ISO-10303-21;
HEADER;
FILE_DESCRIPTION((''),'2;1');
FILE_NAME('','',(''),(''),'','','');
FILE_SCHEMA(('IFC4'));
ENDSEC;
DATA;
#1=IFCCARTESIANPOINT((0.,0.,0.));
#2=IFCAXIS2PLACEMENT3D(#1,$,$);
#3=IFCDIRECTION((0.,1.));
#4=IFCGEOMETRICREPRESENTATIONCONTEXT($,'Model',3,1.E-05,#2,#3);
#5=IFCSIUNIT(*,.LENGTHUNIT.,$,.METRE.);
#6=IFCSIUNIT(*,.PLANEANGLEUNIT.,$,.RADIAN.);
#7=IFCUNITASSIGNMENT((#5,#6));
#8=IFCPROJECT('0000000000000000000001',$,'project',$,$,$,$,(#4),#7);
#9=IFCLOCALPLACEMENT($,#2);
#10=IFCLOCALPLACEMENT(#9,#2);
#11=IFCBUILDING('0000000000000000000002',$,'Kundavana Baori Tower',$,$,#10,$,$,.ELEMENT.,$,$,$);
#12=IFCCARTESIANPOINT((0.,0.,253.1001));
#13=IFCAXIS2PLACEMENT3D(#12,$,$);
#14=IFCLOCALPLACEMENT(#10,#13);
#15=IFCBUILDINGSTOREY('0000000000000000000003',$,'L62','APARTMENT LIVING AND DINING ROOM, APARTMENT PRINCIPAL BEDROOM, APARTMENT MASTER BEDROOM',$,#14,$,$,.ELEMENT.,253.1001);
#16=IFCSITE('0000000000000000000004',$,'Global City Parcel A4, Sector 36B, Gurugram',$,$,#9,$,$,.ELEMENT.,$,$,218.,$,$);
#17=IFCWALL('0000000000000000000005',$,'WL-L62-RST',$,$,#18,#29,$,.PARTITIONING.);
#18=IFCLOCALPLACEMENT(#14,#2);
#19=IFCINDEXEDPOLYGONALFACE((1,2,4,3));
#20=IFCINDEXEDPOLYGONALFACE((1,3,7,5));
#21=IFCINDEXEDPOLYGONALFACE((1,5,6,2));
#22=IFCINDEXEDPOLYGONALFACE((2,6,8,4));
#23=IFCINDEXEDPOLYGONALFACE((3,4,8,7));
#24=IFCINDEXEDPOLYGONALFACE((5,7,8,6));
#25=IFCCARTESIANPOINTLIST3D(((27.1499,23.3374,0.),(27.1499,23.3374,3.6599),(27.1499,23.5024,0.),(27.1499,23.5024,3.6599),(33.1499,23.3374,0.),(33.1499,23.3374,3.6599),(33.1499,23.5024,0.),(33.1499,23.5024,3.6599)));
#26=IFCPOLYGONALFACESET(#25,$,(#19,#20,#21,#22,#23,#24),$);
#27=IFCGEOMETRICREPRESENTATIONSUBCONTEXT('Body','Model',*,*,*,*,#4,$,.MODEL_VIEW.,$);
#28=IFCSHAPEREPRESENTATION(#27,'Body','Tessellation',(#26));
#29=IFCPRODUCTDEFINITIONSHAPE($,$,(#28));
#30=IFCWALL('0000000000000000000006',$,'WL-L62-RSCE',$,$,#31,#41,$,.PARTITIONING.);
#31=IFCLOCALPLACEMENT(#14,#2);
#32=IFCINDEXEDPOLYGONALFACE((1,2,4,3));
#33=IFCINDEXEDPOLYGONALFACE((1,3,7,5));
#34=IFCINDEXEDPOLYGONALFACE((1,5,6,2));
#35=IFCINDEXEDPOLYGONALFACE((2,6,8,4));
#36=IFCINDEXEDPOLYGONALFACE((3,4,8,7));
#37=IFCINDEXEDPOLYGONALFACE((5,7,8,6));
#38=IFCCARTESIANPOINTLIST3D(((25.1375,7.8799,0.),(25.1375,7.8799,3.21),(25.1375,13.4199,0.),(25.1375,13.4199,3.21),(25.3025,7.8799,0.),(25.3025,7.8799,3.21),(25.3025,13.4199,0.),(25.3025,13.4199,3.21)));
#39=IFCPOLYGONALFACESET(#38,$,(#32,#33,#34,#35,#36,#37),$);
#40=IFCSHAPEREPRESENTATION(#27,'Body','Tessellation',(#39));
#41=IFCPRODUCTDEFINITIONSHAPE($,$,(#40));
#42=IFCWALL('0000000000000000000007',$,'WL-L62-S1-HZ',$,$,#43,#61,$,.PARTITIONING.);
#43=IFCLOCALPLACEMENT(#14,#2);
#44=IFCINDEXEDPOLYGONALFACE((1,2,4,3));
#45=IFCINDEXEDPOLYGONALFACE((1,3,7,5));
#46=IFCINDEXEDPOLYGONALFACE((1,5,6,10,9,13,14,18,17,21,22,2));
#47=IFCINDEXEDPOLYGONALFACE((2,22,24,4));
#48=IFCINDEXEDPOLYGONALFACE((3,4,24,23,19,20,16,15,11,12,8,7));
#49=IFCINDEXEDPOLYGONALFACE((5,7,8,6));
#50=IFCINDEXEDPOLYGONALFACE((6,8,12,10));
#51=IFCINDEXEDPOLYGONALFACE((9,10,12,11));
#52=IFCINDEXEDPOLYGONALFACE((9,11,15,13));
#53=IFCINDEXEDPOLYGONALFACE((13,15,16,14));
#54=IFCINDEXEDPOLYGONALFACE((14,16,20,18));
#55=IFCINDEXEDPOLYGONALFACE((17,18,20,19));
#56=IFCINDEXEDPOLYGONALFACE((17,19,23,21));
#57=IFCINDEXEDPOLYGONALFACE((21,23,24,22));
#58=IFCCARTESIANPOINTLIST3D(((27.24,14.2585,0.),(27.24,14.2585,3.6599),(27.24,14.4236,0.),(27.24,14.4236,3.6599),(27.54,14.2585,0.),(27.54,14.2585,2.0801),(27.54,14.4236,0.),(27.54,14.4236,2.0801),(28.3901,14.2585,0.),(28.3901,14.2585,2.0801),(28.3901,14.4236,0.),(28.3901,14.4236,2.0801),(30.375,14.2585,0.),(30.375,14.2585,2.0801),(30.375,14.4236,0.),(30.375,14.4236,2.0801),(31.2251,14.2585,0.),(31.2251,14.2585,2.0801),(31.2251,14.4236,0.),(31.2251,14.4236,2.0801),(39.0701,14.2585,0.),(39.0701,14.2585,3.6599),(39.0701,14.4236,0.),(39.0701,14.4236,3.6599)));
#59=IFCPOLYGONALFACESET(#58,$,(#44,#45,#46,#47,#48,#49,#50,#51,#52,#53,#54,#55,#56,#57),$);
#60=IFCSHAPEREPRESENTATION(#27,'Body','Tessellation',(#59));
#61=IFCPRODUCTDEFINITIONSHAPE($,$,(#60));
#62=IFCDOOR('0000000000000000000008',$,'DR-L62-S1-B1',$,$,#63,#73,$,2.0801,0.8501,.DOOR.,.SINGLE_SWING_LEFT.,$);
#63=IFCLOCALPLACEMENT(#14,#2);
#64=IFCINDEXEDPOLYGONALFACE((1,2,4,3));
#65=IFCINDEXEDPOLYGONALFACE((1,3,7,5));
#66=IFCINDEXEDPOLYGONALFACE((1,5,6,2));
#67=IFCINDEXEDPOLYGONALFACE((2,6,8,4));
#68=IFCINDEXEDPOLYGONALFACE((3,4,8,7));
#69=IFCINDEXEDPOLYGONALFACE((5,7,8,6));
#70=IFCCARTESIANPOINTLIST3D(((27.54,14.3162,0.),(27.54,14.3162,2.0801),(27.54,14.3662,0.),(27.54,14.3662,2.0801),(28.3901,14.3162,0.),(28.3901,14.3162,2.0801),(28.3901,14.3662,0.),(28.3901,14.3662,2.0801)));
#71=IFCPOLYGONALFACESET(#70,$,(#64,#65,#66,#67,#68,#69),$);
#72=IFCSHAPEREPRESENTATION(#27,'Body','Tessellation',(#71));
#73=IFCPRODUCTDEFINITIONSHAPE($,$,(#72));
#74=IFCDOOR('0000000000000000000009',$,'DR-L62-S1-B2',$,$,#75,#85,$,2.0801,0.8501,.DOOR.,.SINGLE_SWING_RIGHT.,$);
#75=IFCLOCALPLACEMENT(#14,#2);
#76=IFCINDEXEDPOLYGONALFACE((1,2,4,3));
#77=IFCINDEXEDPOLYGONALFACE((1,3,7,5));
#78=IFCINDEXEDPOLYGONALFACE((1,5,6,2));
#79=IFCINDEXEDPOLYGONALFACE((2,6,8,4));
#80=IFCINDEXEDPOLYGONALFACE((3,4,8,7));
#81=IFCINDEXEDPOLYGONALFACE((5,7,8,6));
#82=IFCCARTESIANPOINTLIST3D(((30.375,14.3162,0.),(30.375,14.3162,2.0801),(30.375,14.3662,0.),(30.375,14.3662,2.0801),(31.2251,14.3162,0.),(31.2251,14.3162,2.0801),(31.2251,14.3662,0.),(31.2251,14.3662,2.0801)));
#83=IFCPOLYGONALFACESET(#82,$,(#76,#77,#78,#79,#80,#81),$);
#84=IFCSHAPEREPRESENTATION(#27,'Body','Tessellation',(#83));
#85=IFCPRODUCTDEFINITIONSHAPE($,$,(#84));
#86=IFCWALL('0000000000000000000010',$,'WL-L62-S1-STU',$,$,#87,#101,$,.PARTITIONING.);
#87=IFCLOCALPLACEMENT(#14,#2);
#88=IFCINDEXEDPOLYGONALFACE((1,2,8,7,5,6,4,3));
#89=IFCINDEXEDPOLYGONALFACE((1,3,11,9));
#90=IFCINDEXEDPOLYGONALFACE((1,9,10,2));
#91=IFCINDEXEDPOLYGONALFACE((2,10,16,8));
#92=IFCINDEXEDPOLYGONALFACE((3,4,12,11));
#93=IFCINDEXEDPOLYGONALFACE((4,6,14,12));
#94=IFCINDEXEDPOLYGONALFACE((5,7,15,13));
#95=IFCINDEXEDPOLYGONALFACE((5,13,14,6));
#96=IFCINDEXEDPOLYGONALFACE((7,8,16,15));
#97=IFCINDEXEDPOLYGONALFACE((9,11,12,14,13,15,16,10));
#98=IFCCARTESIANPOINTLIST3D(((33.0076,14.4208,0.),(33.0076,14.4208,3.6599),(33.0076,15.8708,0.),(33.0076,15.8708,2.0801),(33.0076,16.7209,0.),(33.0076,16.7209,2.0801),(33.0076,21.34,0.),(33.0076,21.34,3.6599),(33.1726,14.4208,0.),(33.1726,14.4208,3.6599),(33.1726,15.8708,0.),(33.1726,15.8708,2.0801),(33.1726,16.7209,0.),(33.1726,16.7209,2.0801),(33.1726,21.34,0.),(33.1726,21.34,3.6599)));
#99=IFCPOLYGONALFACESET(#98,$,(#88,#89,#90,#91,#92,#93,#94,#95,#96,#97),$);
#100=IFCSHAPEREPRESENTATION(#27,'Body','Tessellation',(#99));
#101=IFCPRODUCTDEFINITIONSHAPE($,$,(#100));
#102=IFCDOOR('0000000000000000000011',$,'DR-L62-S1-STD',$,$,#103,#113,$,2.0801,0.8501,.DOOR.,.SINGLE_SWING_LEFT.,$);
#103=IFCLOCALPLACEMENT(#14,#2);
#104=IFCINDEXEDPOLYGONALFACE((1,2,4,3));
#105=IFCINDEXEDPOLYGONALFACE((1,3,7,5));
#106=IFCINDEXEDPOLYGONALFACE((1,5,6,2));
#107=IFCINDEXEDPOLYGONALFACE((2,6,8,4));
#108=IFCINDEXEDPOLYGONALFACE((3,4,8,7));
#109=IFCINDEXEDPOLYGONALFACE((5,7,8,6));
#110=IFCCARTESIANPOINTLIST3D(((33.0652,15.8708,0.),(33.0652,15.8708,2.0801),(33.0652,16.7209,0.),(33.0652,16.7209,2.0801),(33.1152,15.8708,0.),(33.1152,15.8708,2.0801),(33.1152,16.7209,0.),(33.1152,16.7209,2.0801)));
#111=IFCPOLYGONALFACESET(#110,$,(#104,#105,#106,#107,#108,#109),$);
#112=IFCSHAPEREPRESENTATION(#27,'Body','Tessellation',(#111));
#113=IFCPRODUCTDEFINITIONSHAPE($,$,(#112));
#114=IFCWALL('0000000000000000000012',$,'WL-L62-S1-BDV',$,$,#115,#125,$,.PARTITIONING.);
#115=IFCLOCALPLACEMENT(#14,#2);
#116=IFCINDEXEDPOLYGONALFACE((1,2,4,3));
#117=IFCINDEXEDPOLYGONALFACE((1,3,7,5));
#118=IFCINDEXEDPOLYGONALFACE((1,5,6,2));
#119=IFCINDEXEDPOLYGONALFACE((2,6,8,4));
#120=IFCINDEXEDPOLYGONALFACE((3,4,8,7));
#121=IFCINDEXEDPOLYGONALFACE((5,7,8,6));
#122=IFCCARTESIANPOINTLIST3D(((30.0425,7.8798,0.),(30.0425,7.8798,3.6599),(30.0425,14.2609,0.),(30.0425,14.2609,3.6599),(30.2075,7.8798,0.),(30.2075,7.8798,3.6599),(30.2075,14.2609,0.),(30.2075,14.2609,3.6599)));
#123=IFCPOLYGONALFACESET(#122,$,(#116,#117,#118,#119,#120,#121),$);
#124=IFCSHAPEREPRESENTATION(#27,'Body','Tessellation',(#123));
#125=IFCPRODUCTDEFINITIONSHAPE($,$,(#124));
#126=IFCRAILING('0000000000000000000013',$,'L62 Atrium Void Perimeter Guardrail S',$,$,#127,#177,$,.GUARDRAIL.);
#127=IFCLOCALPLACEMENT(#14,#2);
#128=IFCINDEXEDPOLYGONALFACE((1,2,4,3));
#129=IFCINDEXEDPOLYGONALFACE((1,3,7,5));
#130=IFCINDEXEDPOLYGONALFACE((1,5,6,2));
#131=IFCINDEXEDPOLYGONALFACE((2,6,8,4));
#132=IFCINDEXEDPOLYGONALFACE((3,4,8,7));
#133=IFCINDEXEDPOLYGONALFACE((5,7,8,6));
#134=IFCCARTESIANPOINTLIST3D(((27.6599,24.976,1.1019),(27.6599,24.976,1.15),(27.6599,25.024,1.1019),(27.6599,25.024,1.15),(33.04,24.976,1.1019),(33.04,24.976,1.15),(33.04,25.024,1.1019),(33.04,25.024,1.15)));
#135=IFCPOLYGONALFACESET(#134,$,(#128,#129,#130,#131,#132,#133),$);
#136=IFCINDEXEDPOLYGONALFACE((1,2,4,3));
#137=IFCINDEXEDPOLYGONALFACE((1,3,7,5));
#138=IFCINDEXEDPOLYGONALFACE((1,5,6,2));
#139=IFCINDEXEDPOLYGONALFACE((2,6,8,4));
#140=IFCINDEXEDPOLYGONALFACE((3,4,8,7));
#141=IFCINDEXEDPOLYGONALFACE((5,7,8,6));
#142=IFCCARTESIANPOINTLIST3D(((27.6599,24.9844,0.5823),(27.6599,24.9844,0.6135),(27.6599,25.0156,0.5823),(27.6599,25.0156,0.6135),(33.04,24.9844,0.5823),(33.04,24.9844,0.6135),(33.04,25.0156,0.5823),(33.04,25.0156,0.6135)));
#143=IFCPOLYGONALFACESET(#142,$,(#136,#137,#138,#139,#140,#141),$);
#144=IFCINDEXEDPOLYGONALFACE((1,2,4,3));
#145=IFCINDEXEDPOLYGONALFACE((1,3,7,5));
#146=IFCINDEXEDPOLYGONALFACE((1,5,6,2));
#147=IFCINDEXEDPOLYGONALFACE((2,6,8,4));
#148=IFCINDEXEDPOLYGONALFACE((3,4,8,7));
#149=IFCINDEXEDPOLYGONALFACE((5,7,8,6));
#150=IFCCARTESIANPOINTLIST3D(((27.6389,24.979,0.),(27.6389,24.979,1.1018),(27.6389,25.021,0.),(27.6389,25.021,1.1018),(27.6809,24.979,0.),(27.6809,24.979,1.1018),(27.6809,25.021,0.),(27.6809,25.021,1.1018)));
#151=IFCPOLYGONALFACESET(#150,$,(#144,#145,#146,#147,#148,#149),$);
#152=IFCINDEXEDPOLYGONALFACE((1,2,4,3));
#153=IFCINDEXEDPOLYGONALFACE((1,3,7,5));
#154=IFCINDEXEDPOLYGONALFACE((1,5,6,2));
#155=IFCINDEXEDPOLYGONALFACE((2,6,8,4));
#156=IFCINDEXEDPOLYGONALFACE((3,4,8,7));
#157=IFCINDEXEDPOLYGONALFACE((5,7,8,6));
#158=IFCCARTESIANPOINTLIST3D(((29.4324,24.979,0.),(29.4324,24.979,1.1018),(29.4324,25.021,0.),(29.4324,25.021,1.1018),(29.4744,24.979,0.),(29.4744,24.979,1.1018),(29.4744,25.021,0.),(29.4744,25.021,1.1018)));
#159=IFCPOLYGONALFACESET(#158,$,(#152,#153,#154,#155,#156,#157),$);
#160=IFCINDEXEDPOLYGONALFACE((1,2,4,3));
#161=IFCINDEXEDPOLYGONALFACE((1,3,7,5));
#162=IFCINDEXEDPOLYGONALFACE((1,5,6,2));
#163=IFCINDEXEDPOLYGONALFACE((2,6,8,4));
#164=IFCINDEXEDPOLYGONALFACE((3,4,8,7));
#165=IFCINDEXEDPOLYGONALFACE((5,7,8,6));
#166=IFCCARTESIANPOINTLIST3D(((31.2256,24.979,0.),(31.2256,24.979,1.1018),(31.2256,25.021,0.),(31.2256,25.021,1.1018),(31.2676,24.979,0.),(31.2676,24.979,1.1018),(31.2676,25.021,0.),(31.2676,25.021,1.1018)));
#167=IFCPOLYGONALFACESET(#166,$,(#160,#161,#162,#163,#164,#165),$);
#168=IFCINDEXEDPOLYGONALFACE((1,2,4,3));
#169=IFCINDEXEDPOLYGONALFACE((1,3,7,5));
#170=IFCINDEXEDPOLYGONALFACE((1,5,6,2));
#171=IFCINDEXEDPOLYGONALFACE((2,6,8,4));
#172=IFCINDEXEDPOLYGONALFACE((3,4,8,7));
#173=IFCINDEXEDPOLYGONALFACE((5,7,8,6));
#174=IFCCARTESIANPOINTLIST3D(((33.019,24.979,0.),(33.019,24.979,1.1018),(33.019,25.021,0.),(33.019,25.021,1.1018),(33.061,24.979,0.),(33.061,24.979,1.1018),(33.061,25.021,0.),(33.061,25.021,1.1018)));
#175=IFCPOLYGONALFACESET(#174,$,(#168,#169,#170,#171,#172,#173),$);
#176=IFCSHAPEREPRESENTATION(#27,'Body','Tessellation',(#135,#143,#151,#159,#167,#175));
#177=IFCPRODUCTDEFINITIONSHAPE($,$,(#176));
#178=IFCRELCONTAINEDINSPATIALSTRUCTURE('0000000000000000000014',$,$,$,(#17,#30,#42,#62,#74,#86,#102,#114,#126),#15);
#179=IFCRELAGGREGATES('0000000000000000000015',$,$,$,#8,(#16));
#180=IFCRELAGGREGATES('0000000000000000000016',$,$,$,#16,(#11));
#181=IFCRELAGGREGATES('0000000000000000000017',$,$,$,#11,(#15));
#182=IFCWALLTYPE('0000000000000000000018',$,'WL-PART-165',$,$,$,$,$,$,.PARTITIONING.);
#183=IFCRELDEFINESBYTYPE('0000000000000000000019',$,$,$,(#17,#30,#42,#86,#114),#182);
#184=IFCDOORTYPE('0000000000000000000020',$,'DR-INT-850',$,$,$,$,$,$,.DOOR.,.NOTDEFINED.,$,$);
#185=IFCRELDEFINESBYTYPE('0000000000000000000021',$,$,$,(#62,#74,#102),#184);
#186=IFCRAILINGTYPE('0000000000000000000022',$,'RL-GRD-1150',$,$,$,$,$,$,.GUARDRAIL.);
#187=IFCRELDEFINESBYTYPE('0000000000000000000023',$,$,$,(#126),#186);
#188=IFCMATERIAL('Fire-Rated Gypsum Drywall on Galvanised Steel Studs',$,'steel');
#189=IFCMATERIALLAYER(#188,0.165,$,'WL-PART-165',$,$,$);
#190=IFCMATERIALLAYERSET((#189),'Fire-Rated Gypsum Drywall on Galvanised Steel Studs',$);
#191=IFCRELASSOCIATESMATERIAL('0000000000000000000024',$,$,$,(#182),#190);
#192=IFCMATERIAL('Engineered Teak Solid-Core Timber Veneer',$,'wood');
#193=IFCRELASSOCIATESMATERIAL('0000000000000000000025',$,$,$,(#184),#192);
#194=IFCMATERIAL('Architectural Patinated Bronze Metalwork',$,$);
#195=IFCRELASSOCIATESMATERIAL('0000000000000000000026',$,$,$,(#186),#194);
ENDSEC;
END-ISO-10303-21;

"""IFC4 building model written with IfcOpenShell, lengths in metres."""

from ifc_helpers import new_model, si_unit, direction, frame, frame_2d, origin, origin_2d, place, context, subcontext, project, spatial, rectangle, extrude, material, layer, layer_set, type_object, element, fill, save


model = new_model("IFC4")

# Units and contexts
model_context = context("Model", 3, precision=1e-05, world=origin(), true_north=direction((0.0, 1.0)))
body_context = subcontext(model_context, "Body", "Model", "MODEL_VIEW")
ifc_project = project(units=[si_unit("LENGTHUNIT", "METRE"), si_unit("PLANEANGLEUNIT", "RADIAN")], contexts=[model_context])

# Site, building, storey
site_placement = place(None, origin())
site = spatial("IfcSite", under=ifc_project, at=site_placement, Name="Global City Parcel A4, Sector 36B, Gurugram", CompositionType="ELEMENT", RefElevation=218.0)
building_placement = place(site_placement, origin())
building = spatial("IfcBuilding", under=site, at=building_placement, Name="Kundavana Baori Tower", CompositionType="ELEMENT")
storey_placement = place(building_placement, frame((0.0, 0.0, 253.1001)))
storey = spatial("IfcBuildingStorey", under=building, at=storey_placement, Name="L62", Description="APARTMENT LIVING AND DINING ROOM, APARTMENT PRINCIPAL BEDROOM, APARTMENT MASTER BEDROOM", CompositionType="ELEMENT", Elevation=253.1001)

# Shared definitions
ifc_material_1 = material(Name="Fire-Rated Gypsum Drywall on Galvanised Steel Studs", Category="steel")
ifc_layer = layer(ifc_material_1, 0.165, Name="WL-PART-165")
ifc_layer_set = layer_set([ifc_layer], Name="Fire-Rated Gypsum Drywall on Galvanised Steel Studs")
wall_type = type_object("IfcWallType", Name="WL-PART-165", PredefinedType="PARTITIONING", material=ifc_layer_set)

# Walls
wall_1_placement = place(storey_placement, frame((27.1499, 23.4199, 0.0), z_axis=(0.0, 0.0, 1.0), x_axis=(1.0, 0.0, 0.0)))
element("IfcWall", 1, at=wall_1_placement, inside=storey, type_object=wall_type, Name="WL-L62-RST", PredefinedType="PARTITIONING", context=body_context, shape_type="SweptSolid", body=[
    extrude(rectangle(XDim=6.0, YDim=0.165, at=frame_2d((3.0, 0.0))), origin(), (0.0, 0.0, 1.0), 3.6599),
])
wall_2_placement = place(storey_placement, frame((25.22, 7.8799, 0.0), z_axis=(0.0, 0.0, 1.0), x_axis=(0.0, 1.0, 0.0)))
element("IfcWall", 2, at=wall_2_placement, inside=storey, type_object=wall_type, Name="WL-L62-RSCE", PredefinedType="PARTITIONING", context=body_context, shape_type="SweptSolid", body=[
    extrude(rectangle(XDim=5.54, YDim=0.165, at=frame_2d((2.77, 0.0))), origin(), (0.0, 0.0, 1.0), 3.21),
])

# Wall, openings, doors
wall_3_placement = place(storey_placement, frame((27.24, 14.3411, 0.0), z_axis=(0.0, 0.0, 1.0), x_axis=(1.0, 0.0, 0.0)))
wall_3 = element("IfcWall", 3, at=wall_3_placement, inside=storey, type_object=wall_type, Name="WL-L62-S1-HZ", PredefinedType="PARTITIONING", context=body_context, shape_type="SweptSolid", body=[
    extrude(rectangle(XDim=11.8301, YDim=0.165, at=frame_2d((5.915, 0.0))), origin(), (0.0, 0.0, 1.0), 3.6599),
])
opening_1_placement = place(wall_3_placement, frame((0.3, 0.0, 0.0)))
opening_1 = element("IfcOpeningElement", 4, at=opening_1_placement, cuts=wall_3, PredefinedType="OPENING", context=body_context, shape_type="SweptSolid", body=[
    extrude(rectangle(XDim=0.8501, YDim=2.0801, at=frame_2d((0.425, 1.04))), frame((0.0, 0.0925, 0.0), z_axis=(0.0, -1.0, 0.0), x_axis=(1.0, 0.0, 0.0)), (0.0, 0.0, 1.0), 0.1851),
])
opening_2_placement = place(wall_3_placement, frame((3.135, 0.0, 0.0)))
opening_2 = element("IfcOpeningElement", 5, at=opening_2_placement, cuts=wall_3, PredefinedType="OPENING", context=body_context, shape_type="SweptSolid", body=[
    extrude(rectangle(XDim=0.8501, YDim=2.0801, at=frame_2d((0.425, 1.04))), frame((0.0, 0.0925, 0.0), z_axis=(0.0, -1.0, 0.0), x_axis=(1.0, 0.0, 0.0)), (0.0, 0.0, 1.0), 0.1851),
])
ifc_material_2 = material(Name="Engineered Teak Solid-Core Timber Veneer", Category="wood")
door_type_1 = type_object("IfcDoorType", Name="DR-INT-850", OperationType="NOTDEFINED", PredefinedType="DOOR", material=ifc_material_2)
door_1_placement = place(opening_1_placement, frame((0.8501, 0.0, 0.0), z_axis=(0.0, 0.0, 1.0), x_axis=(-1.0, 0.0, 0.0)))
door_1 = element("IfcDoor", 6, at=door_1_placement, inside=storey, type_object=door_type_1, Name="DR-L62-S1-B1", OperationType="SINGLE_SWING_LEFT", OverallHeight=2.0801, OverallWidth=0.8501, PredefinedType="DOOR", context=body_context, shape_type="SweptSolid", body=[
    extrude(rectangle(XDim=0.8501, YDim=2.0801, at=frame_2d((0.425, 1.04))), frame((0.0, 0.0249, 0.0), z_axis=(0.0, -1.0, 0.0), x_axis=(1.0, 0.0, 0.0)), (0.0, 0.0, 1.0), 0.05),
])
fill(opening_1, door_1)
door_2_placement = place(opening_2_placement, frame((0.8501, 0.0, 0.0), z_axis=(0.0, 0.0, 1.0), x_axis=(-1.0, 0.0, 0.0)))
door_2 = element("IfcDoor", 7, at=door_2_placement, inside=storey, type_object=door_type_1, Name="DR-L62-S1-B2", OperationType="SINGLE_SWING_RIGHT", OverallHeight=2.0801, OverallWidth=0.8501, PredefinedType="DOOR", context=body_context, shape_type="SweptSolid", body=[
    extrude(rectangle(XDim=0.8501, YDim=2.0801, at=frame_2d((0.425, 1.04))), frame((0.0, 0.0249, 0.0), z_axis=(0.0, -1.0, 0.0), x_axis=(1.0, 0.0, 0.0)), (0.0, 0.0, 1.0), 0.05),
])
fill(opening_2, door_2)

# Wall, opening, door
wall_4_placement = place(storey_placement, frame((33.0901, 14.4209, 0.0), z_axis=(0.0, 0.0, 1.0), x_axis=(0.0, 1.0, 0.0)))
wall_4 = element("IfcWall", 8, at=wall_4_placement, inside=storey, type_object=wall_type, Name="WL-L62-S1-STU", PredefinedType="PARTITIONING", context=body_context, shape_type="SweptSolid", body=[
    extrude(rectangle(XDim=6.9192, YDim=0.165, at=frame_2d((3.4595, 0.0))), origin(), (0.0, 0.0, 1.0), 3.6599),
])
opening_3_placement = place(wall_4_placement, frame((1.45, 0.0, 0.0)))
opening_3 = element("IfcOpeningElement", 9, at=opening_3_placement, cuts=wall_4, PredefinedType="OPENING", context=body_context, shape_type="SweptSolid", body=[
    extrude(rectangle(XDim=0.8501, YDim=2.0801, at=frame_2d((0.425, 1.04))), frame((0.0, 0.0925, 0.0), z_axis=(0.0, -1.0, 0.0), x_axis=(1.0, 0.0, 0.0)), (0.0, 0.0, 1.0), 0.1851),
])
door_3_placement = place(opening_3_placement, origin())
door_3 = element("IfcDoor", 10, at=door_3_placement, inside=storey, type_object=door_type_1, Name="DR-L62-S1-STD", OperationType="SINGLE_SWING_LEFT", OverallHeight=2.0801, OverallWidth=0.8501, PredefinedType="DOOR", context=body_context, shape_type="SweptSolid", body=[
    extrude(rectangle(XDim=0.8501, YDim=2.0801, at=frame_2d((0.425, 1.04))), frame((0.0, 0.0249, 0.0), z_axis=(0.0, -1.0, 0.0), x_axis=(1.0, 0.0, 0.0)), (0.0, 0.0, 1.0), 0.05),
])
fill(opening_3, door_3)

# Wall
wall_5_placement = place(storey_placement, frame((30.125, 7.8799, 0.0), z_axis=(0.0, 0.0, 1.0), x_axis=(0.0, 1.0, 0.0)))
element("IfcWall", 11, at=wall_5_placement, inside=storey, type_object=wall_type, Name="WL-L62-S1-BDV", PredefinedType="PARTITIONING", context=body_context, shape_type="SweptSolid", body=[
    extrude(rectangle(XDim=6.3811, YDim=0.165, at=frame_2d((3.1904, 0.0))), origin(), (0.0, 0.0, 1.0), 3.6599),
])

# Railing
ifc_material_3 = material(Name="Architectural Patinated Bronze Metalwork")
railing_type = type_object("IfcRailingType", Name="RL-GRD-1150", PredefinedType="GUARDRAIL", material=ifc_material_3)
railing_1_placement = place(storey_placement, frame((27.6599, 25.0, 0.0)))
element("IfcRailing", 12, at=railing_1_placement, inside=storey, type_object=railing_type, Name="L62 Atrium Void Perimeter Guardrail S", PredefinedType="GUARDRAIL", context=body_context, shape_type="SweptSolid", body=[
    extrude(rectangle(XDim=0.0481, YDim=0.0481, at=origin_2d()), frame((0.0, 0.0, 1.126), z_axis=(1.0, 0.0, 0.0), x_axis=(0.0, 1.0, 0.0)), (0.0, 0.0, 1.0), 5.3801),
    extrude(rectangle(XDim=0.0312, YDim=0.0312, at=origin_2d()), frame((0.0, 0.0, 0.5979), z_axis=(1.0, 0.0, 0.0), x_axis=(0.0, 1.0, 0.0)), (0.0, 0.0, 1.0), 5.3801),
    extrude(rectangle(XDim=0.042, YDim=0.042, at=origin_2d()), origin(), (0.0, 0.0, 1.0), 1.1018),
    extrude(rectangle(XDim=0.042, YDim=0.042, at=origin_2d()), frame((1.7935, 0.0, 0.0)), (0.0, 0.0, 1.0), 1.1018),
    extrude(rectangle(XDim=0.042, YDim=0.042, at=origin_2d()), frame((3.5867, 0.0, 0.0)), (0.0, 0.0, 1.0), 1.1018),
    extrude(rectangle(XDim=0.042, YDim=0.042, at=origin_2d()), frame((5.3801, 0.0, 0.0)), (0.0, 0.0, 1.0), 1.1018),
])

save(model, "model.ifc")
